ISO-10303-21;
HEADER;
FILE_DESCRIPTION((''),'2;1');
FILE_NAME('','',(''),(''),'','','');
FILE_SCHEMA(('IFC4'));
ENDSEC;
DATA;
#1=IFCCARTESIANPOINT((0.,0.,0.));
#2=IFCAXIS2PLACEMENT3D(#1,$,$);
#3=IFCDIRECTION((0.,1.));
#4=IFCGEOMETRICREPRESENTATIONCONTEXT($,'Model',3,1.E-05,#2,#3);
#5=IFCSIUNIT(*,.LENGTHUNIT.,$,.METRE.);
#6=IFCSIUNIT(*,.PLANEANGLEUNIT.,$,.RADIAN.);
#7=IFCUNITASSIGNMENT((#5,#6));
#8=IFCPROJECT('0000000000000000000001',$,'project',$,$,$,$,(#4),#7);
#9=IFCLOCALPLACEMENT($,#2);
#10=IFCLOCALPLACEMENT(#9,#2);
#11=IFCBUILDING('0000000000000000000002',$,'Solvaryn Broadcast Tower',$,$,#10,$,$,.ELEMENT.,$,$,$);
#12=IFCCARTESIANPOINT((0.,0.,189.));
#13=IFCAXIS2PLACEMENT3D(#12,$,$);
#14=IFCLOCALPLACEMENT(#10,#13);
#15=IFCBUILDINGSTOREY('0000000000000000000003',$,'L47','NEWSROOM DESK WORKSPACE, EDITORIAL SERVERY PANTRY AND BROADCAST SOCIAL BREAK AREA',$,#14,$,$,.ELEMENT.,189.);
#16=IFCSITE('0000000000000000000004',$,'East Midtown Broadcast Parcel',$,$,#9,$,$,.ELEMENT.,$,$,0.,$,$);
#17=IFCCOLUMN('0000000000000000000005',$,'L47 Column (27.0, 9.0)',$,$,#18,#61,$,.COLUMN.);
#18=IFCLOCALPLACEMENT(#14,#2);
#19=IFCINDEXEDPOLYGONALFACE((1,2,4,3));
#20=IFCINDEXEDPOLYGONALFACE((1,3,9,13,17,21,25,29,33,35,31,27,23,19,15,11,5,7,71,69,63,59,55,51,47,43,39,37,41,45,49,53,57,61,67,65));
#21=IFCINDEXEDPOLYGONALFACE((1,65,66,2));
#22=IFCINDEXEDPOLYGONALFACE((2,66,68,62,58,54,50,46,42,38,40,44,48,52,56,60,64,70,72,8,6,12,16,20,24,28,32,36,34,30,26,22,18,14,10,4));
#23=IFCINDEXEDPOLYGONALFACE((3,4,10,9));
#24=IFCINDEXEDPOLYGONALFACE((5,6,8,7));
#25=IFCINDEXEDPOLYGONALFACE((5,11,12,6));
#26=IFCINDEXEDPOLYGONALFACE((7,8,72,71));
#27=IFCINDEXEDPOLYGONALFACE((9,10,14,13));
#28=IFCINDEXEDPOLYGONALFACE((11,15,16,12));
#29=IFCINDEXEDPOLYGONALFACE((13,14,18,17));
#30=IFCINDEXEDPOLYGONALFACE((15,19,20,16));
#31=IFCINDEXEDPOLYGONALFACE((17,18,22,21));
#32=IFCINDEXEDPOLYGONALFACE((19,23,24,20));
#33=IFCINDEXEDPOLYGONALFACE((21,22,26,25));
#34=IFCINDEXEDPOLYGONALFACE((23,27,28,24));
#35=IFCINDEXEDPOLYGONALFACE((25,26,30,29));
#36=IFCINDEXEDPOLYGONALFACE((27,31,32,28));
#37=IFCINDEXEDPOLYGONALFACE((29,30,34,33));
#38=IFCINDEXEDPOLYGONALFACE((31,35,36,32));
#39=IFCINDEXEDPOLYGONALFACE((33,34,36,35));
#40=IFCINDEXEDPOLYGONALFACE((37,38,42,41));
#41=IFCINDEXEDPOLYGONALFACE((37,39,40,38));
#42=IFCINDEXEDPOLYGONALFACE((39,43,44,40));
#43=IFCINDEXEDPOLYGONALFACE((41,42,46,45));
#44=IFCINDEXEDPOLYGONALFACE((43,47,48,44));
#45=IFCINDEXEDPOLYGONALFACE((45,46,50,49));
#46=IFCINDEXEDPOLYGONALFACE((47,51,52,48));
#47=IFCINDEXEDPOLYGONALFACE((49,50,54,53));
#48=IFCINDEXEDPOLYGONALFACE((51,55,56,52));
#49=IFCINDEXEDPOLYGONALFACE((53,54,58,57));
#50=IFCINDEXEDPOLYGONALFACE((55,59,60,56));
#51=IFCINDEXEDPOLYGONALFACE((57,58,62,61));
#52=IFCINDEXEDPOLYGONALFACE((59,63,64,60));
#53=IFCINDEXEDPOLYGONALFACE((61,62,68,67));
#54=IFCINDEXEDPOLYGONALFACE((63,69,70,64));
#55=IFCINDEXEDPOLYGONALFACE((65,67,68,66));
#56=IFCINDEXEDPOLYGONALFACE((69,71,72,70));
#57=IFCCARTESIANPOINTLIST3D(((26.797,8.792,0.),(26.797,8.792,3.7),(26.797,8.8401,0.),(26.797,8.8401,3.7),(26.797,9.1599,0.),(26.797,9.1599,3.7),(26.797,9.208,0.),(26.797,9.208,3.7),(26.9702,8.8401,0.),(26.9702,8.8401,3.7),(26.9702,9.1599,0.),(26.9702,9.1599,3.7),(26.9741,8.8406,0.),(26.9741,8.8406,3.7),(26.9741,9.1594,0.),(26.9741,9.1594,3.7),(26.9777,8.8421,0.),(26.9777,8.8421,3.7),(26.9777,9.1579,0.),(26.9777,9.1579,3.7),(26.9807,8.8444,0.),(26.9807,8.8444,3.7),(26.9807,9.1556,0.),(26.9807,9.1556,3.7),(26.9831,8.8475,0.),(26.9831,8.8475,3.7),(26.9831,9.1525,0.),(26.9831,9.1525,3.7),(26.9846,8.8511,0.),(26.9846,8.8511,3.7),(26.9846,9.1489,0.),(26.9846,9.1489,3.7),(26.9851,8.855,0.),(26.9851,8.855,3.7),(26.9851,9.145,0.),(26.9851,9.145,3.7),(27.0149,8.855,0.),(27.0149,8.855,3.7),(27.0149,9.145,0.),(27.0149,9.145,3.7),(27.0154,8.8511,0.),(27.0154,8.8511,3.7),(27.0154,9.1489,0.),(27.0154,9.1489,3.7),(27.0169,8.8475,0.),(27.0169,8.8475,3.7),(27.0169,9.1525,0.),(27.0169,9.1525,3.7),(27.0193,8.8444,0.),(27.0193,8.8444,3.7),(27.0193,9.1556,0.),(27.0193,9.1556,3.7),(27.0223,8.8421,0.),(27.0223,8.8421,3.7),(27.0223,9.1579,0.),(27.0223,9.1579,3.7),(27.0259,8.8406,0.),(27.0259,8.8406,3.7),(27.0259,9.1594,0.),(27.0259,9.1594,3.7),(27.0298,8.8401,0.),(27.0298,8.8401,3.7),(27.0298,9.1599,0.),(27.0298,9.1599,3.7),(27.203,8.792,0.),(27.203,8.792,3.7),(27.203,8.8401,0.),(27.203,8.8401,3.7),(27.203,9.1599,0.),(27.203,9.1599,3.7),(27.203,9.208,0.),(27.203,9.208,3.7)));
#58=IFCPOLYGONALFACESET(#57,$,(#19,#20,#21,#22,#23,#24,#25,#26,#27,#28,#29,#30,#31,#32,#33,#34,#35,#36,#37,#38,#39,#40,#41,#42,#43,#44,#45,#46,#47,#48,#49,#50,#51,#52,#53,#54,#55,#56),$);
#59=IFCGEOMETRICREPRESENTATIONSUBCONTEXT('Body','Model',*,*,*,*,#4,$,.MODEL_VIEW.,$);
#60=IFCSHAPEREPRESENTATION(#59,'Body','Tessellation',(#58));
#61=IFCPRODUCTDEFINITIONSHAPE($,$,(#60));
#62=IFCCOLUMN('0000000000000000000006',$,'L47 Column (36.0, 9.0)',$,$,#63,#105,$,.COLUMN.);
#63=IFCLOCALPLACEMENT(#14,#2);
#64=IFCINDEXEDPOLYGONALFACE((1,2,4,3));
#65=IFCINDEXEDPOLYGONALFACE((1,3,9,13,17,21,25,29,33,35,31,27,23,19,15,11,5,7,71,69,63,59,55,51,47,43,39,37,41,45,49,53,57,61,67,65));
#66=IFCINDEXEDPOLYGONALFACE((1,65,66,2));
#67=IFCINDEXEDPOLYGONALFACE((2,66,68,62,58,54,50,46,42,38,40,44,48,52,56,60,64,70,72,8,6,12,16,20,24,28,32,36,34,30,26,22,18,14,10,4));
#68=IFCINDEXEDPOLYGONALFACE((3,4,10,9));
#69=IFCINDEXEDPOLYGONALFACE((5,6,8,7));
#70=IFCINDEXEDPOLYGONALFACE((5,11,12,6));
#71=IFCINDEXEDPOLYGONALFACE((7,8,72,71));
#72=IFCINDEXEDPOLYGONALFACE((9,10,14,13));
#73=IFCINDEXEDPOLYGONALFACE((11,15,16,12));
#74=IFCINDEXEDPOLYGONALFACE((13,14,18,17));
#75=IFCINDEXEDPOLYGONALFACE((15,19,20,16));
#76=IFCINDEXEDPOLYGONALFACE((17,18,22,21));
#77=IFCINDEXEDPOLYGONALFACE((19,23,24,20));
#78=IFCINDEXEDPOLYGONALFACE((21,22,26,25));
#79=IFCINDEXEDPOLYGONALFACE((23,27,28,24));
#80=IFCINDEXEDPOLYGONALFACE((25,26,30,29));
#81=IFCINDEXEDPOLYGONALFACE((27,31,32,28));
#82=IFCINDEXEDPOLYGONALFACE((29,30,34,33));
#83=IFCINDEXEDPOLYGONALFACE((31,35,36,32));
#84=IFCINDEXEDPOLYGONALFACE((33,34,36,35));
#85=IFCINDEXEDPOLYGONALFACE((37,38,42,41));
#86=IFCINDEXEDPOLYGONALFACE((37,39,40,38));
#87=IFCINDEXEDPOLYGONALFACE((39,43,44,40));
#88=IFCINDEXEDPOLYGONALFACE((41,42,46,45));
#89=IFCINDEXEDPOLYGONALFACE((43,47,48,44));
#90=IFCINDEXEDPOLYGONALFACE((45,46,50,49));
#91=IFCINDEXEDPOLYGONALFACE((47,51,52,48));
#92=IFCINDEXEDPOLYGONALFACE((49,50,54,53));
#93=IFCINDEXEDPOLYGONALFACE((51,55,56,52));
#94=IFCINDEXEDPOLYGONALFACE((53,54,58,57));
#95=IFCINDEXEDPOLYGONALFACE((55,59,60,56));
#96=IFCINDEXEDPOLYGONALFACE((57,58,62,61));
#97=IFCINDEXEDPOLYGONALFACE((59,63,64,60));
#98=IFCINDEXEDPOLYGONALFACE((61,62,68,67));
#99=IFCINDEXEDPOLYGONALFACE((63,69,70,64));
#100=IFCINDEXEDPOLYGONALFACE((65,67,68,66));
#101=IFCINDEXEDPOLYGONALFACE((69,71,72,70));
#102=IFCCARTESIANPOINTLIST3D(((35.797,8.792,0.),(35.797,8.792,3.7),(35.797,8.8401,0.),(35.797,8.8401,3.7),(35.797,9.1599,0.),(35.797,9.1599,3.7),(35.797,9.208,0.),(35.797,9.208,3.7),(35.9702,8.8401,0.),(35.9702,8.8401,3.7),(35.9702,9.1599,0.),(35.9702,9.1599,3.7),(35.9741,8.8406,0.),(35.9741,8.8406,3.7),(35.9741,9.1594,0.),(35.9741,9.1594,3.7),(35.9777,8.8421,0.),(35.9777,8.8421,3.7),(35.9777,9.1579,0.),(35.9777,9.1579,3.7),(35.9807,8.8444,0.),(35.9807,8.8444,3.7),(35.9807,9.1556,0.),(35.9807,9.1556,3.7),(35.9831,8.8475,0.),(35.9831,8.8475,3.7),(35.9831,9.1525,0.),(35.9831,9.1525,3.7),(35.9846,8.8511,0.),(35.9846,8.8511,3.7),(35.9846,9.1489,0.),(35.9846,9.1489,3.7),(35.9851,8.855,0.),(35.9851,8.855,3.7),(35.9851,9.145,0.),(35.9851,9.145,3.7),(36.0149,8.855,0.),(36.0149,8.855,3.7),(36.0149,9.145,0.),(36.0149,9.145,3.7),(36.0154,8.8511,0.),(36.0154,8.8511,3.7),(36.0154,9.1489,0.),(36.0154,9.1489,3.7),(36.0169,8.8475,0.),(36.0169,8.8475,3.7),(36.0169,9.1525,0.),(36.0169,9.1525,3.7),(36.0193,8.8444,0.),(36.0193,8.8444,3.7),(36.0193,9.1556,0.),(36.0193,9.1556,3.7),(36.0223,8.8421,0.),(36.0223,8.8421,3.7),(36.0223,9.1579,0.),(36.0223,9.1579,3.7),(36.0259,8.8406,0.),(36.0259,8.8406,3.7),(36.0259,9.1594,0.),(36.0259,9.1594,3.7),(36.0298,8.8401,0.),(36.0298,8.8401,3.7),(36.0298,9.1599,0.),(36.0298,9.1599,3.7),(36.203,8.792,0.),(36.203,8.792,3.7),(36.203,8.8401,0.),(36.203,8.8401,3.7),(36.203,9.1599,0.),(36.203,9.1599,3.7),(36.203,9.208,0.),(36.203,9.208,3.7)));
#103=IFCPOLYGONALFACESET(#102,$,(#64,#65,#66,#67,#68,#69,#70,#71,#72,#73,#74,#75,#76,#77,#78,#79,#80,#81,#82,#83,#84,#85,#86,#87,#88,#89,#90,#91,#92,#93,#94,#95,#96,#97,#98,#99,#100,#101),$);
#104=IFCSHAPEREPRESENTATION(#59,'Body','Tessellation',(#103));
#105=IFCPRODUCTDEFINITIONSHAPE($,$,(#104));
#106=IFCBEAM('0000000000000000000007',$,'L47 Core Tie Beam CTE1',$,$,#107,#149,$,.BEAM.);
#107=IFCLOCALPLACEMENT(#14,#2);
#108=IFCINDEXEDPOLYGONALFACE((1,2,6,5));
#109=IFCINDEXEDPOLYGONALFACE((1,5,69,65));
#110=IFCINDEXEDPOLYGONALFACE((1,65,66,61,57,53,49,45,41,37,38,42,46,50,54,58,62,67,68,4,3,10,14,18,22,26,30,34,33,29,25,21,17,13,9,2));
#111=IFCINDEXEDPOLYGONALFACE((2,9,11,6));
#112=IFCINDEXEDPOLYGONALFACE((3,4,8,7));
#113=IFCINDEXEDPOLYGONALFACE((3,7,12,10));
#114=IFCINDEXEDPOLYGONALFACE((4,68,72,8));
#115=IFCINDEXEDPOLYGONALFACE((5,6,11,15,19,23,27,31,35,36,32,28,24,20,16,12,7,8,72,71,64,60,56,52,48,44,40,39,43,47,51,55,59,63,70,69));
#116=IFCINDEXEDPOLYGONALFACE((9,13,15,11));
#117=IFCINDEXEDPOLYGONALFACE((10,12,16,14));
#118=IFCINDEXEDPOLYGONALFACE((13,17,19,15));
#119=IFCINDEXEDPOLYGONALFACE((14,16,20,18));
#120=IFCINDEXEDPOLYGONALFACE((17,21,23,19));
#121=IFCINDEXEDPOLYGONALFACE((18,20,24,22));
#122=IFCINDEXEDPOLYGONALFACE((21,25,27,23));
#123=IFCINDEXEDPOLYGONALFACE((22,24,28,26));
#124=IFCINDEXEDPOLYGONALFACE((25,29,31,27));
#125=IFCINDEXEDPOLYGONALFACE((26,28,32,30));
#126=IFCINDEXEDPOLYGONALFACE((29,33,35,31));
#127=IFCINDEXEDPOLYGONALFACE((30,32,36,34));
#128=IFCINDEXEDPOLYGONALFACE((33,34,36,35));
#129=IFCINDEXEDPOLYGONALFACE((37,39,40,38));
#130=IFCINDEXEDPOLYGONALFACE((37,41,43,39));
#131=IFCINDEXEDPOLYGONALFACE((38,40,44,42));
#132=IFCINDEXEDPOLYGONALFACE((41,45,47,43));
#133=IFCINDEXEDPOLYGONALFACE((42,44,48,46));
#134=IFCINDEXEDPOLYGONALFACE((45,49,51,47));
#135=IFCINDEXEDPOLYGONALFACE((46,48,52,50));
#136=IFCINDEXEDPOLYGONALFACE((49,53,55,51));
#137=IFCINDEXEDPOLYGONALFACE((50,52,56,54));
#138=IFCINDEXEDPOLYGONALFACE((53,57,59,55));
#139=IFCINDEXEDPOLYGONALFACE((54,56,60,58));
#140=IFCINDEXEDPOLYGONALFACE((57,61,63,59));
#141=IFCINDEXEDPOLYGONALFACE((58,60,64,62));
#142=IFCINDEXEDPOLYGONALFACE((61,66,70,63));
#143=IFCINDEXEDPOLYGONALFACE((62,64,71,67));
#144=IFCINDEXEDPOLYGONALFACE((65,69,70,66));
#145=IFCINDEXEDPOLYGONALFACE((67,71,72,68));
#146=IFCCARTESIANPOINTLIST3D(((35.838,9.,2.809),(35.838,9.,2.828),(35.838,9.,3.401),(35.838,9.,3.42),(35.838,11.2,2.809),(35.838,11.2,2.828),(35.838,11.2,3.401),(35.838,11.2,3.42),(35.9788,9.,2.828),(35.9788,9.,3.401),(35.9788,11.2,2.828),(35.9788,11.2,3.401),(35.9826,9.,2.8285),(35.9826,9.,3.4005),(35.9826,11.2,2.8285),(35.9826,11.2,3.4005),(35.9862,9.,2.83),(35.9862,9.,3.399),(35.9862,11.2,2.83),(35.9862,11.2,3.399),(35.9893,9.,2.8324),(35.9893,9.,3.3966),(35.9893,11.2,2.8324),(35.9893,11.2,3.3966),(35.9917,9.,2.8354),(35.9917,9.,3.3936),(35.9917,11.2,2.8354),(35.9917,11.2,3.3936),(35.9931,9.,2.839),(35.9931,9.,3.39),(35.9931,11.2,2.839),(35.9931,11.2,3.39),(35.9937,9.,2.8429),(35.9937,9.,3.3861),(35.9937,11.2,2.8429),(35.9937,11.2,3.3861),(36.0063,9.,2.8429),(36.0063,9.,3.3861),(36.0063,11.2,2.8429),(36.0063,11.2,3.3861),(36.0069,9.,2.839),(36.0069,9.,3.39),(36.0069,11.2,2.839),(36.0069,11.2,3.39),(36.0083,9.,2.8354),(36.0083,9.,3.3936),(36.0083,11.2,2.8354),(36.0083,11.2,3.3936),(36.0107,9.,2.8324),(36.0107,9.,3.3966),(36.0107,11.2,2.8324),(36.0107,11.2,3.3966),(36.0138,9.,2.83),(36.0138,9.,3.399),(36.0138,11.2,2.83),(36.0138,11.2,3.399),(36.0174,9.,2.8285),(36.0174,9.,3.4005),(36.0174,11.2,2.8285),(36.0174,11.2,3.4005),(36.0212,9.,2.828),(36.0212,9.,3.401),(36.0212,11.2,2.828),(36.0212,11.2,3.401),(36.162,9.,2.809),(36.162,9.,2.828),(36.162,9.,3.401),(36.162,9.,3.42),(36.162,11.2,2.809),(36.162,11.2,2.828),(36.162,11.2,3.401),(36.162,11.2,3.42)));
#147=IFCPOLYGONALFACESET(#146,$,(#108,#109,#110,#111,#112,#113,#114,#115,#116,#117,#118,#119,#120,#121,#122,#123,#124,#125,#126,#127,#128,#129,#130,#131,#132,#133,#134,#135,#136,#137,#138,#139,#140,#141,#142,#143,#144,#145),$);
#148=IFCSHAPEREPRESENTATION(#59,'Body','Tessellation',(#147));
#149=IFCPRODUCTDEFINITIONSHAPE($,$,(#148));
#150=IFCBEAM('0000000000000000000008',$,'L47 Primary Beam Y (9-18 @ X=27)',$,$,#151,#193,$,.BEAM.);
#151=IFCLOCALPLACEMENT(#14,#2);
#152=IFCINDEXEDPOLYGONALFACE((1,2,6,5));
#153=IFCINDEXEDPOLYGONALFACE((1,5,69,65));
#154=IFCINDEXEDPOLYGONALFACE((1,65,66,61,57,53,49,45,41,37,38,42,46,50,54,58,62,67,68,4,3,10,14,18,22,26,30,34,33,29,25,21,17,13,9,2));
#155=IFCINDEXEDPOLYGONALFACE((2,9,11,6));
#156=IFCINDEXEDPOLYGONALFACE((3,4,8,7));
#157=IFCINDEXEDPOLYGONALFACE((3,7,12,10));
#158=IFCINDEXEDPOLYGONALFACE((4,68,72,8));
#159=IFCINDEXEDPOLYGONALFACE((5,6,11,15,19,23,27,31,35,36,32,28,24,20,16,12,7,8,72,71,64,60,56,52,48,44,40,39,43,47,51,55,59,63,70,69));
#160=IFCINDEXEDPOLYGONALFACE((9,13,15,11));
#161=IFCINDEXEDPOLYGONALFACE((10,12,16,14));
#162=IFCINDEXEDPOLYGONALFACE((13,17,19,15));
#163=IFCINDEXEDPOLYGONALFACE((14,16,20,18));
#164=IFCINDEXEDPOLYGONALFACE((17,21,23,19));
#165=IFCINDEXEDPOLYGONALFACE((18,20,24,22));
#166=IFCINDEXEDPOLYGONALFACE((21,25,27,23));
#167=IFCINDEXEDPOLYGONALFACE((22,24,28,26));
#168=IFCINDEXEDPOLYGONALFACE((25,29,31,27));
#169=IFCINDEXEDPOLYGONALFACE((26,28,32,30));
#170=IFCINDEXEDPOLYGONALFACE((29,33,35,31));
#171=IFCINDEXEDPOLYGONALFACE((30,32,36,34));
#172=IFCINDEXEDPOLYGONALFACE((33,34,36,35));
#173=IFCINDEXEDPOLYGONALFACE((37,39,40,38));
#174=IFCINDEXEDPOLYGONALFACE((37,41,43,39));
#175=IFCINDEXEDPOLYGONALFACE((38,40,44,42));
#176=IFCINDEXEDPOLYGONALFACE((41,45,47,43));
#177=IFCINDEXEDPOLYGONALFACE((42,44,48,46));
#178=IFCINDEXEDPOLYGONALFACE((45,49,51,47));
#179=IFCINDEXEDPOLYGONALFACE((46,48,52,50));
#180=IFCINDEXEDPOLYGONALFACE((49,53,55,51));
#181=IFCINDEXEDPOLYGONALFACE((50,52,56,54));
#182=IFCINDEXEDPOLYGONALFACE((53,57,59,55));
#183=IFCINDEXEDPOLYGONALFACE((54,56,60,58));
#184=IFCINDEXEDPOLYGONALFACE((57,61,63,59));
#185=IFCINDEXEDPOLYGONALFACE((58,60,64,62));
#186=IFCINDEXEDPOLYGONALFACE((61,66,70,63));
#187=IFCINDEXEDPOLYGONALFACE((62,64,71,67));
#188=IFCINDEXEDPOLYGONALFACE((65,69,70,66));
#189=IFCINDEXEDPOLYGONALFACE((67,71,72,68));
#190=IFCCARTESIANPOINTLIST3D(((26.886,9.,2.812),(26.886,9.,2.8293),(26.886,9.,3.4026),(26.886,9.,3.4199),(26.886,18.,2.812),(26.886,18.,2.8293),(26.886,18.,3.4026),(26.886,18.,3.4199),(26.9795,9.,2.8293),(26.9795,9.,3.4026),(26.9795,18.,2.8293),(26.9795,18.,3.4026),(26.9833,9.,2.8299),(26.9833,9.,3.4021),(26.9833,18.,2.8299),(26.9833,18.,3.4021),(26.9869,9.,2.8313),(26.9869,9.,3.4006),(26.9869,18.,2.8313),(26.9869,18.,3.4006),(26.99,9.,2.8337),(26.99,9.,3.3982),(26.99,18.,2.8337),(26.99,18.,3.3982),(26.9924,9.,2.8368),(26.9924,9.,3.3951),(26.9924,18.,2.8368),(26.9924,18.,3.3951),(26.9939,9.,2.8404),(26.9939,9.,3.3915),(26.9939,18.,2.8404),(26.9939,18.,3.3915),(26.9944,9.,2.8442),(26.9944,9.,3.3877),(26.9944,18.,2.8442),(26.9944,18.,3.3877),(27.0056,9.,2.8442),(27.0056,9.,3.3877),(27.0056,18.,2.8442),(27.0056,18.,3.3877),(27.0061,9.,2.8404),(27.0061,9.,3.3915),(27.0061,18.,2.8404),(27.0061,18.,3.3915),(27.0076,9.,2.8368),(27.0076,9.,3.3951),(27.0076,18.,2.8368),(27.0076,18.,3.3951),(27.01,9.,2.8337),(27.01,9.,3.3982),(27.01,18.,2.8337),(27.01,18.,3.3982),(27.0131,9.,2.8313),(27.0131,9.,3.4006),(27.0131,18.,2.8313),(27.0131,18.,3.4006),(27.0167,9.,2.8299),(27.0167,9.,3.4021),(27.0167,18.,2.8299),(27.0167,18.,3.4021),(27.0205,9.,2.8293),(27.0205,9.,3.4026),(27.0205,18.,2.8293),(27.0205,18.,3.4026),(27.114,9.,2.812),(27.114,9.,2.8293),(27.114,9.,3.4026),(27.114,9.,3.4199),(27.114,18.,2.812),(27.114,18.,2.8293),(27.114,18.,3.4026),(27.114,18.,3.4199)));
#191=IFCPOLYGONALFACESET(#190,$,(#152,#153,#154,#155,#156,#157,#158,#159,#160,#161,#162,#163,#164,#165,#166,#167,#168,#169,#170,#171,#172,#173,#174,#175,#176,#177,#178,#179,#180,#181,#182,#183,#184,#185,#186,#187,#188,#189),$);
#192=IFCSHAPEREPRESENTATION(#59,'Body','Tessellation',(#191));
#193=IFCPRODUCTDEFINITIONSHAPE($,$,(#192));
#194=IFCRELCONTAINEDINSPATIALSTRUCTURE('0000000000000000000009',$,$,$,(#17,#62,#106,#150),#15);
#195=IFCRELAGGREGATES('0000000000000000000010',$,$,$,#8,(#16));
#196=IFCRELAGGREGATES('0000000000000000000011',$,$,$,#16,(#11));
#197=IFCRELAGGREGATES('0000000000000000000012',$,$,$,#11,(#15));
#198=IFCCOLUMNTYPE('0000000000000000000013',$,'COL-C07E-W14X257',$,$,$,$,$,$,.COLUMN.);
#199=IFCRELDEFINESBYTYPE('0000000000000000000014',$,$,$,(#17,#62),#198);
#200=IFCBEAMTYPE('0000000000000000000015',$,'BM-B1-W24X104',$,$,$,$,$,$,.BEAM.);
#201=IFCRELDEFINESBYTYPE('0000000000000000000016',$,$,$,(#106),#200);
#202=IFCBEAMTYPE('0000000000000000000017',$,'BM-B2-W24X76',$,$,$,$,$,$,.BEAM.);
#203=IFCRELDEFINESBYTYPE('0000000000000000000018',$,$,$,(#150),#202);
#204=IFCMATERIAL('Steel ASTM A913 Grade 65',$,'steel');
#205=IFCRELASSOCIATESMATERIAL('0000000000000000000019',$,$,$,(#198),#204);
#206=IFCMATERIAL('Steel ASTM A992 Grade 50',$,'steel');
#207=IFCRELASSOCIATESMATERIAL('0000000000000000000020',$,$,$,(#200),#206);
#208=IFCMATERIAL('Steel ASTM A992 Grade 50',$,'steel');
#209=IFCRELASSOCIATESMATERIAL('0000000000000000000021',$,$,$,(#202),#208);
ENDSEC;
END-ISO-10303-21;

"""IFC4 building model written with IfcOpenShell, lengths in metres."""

from ifc_helpers import new_model, si_unit, direction, frame, origin, origin_2d, place, context, subcontext, project, spatial, i_section, extrude, material, material_profile, profile_set, type_object, element, save


model = new_model("IFC4")

# Units and contexts
model_context = context("Model", 3, precision=1e-05, world=origin(), true_north=direction((0.0, 1.0)))
body_context = subcontext(model_context, "Body", "Model", "MODEL_VIEW")
ifc_project = project(units=[si_unit("LENGTHUNIT", "METRE"), si_unit("PLANEANGLEUNIT", "RADIAN")], contexts=[model_context])

# Site, building, storey
site_placement = place(None, origin())
site = spatial("IfcSite", under=ifc_project, at=site_placement, Name="East Midtown Broadcast Parcel", CompositionType="ELEMENT", RefElevation=0.0)
building_placement = place(site_placement, origin())
building = spatial("IfcBuilding", under=site, at=building_placement, Name="Solvaryn Broadcast Tower", CompositionType="ELEMENT")
storey_placement = place(building_placement, frame((0.0, 0.0, 189.0)))
storey = spatial("IfcBuildingStorey", under=building, at=storey_placement, Name="L47", Description="NEWSROOM DESK WORKSPACE, EDITORIAL SERVERY PANTRY AND BROADCAST SOCIAL BREAK AREA", CompositionType="ELEMENT", Elevation=189.0)

# Columns
ifc_material_1 = material(Name="Steel ASTM A913 Grade 65", Category="steel")
ifc_material_profile_1 = material_profile(ifc_material_1, i_section(OverallWidth=0.406, OverallDepth=0.416, WebThickness=0.0298, FlangeThickness=0.0481, FilletRadius=0.0149, at=origin_2d()))
ifc_profile_set_1 = profile_set([ifc_material_profile_1], Name="Steel ASTM A913 Grade 65")
column_type = type_object("IfcColumnType", Name="COL-C07E-W14X257", PredefinedType="COLUMN", material=ifc_profile_set_1)
for number, where, z_axis, x_axis, name in (
    (1, (27.0, 9.0, 0.0), (0.0, 0.0, 1.0), (1.0, 0.0, 0.0), "L47 Column (27.0, 9.0)"),
    (2, (36.0, 9.0, 0.0), (0.0, 0.0, 1.0), (1.0, 0.0, 0.0), "L47 Column (36.0, 9.0)"),
):
    element("IfcColumn", number, at=place(storey_placement, frame(where, z_axis=z_axis, x_axis=x_axis)), inside=storey, type_object=column_type, Name=name, PredefinedType="COLUMN", context=body_context, shape_type="SweptSolid", body=[
        extrude(i_section(OverallWidth=0.406, OverallDepth=0.416, WebThickness=0.0298, FlangeThickness=0.0481, FilletRadius=0.0149, at=origin_2d()), origin(), (0.0, 0.0, 1.0), 3.7),
    ])

# Beams
ifc_material_2 = material(Name="Steel ASTM A992 Grade 50", Category="steel")
ifc_material_profile_2 = material_profile(ifc_material_2, i_section(OverallWidth=0.324, OverallDepth=0.6111, WebThickness=0.0127, FlangeThickness=0.019, FilletRadius=0.0149, at=origin_2d()))
ifc_profile_set_2 = profile_set([ifc_material_profile_2], Name="Steel ASTM A992 Grade 50")
beam_type_1 = type_object("IfcBeamType", Name="BM-B1-W24X104", PredefinedType="BEAM", material=ifc_profile_set_2)
beam_1_placement = place(storey_placement, frame((36.0, 9.0, 3.1145), z_axis=(0.0, 1.0, 0.0), x_axis=(-1.0, 0.0, 0.0)))
element("IfcBeam", 3, at=beam_1_placement, inside=storey, type_object=beam_type_1, Name="L47 Core Tie Beam CTE1", PredefinedType="BEAM", context=body_context, shape_type="SweptSolid", body=[
    extrude(i_section(OverallWidth=0.324, OverallDepth=0.6111, WebThickness=0.0127, FlangeThickness=0.019, FilletRadius=0.0149, at=origin_2d()), origin(), (0.0, 0.0, 1.0), 2.2),
])
ifc_material_3 = material(Name="Steel ASTM A992 Grade 50", Category="steel")
ifc_material_profile_3 = material_profile(ifc_material_3, i_section(OverallWidth=0.228, OverallDepth=0.6079, WebThickness=0.0112, FlangeThickness=0.0173, FilletRadius=0.0149, at=origin_2d()))
ifc_profile_set_3 = profile_set([ifc_material_profile_3], Name="Steel ASTM A992 Grade 50")
beam_type_2 = type_object("IfcBeamType", Name="BM-B2-W24X76", PredefinedType="BEAM", material=ifc_profile_set_3)
beam_2_placement = place(storey_placement, frame((27.0, 9.0, 3.116), z_axis=(0.0, 1.0, 0.0), x_axis=(-1.0, 0.0, 0.0)))
element("IfcBeam", 4, at=beam_2_placement, inside=storey, type_object=beam_type_2, Name="L47 Primary Beam Y (9-18 @ X=27)", PredefinedType="BEAM", context=body_context, shape_type="SweptSolid", body=[
    extrude(i_section(OverallWidth=0.228, OverallDepth=0.6079, WebThickness=0.0112, FlangeThickness=0.0173, FilletRadius=0.0149, at=origin_2d()), origin(), (0.0, 0.0, 1.0), 9.0),
])

save(model, "model.ifc")
